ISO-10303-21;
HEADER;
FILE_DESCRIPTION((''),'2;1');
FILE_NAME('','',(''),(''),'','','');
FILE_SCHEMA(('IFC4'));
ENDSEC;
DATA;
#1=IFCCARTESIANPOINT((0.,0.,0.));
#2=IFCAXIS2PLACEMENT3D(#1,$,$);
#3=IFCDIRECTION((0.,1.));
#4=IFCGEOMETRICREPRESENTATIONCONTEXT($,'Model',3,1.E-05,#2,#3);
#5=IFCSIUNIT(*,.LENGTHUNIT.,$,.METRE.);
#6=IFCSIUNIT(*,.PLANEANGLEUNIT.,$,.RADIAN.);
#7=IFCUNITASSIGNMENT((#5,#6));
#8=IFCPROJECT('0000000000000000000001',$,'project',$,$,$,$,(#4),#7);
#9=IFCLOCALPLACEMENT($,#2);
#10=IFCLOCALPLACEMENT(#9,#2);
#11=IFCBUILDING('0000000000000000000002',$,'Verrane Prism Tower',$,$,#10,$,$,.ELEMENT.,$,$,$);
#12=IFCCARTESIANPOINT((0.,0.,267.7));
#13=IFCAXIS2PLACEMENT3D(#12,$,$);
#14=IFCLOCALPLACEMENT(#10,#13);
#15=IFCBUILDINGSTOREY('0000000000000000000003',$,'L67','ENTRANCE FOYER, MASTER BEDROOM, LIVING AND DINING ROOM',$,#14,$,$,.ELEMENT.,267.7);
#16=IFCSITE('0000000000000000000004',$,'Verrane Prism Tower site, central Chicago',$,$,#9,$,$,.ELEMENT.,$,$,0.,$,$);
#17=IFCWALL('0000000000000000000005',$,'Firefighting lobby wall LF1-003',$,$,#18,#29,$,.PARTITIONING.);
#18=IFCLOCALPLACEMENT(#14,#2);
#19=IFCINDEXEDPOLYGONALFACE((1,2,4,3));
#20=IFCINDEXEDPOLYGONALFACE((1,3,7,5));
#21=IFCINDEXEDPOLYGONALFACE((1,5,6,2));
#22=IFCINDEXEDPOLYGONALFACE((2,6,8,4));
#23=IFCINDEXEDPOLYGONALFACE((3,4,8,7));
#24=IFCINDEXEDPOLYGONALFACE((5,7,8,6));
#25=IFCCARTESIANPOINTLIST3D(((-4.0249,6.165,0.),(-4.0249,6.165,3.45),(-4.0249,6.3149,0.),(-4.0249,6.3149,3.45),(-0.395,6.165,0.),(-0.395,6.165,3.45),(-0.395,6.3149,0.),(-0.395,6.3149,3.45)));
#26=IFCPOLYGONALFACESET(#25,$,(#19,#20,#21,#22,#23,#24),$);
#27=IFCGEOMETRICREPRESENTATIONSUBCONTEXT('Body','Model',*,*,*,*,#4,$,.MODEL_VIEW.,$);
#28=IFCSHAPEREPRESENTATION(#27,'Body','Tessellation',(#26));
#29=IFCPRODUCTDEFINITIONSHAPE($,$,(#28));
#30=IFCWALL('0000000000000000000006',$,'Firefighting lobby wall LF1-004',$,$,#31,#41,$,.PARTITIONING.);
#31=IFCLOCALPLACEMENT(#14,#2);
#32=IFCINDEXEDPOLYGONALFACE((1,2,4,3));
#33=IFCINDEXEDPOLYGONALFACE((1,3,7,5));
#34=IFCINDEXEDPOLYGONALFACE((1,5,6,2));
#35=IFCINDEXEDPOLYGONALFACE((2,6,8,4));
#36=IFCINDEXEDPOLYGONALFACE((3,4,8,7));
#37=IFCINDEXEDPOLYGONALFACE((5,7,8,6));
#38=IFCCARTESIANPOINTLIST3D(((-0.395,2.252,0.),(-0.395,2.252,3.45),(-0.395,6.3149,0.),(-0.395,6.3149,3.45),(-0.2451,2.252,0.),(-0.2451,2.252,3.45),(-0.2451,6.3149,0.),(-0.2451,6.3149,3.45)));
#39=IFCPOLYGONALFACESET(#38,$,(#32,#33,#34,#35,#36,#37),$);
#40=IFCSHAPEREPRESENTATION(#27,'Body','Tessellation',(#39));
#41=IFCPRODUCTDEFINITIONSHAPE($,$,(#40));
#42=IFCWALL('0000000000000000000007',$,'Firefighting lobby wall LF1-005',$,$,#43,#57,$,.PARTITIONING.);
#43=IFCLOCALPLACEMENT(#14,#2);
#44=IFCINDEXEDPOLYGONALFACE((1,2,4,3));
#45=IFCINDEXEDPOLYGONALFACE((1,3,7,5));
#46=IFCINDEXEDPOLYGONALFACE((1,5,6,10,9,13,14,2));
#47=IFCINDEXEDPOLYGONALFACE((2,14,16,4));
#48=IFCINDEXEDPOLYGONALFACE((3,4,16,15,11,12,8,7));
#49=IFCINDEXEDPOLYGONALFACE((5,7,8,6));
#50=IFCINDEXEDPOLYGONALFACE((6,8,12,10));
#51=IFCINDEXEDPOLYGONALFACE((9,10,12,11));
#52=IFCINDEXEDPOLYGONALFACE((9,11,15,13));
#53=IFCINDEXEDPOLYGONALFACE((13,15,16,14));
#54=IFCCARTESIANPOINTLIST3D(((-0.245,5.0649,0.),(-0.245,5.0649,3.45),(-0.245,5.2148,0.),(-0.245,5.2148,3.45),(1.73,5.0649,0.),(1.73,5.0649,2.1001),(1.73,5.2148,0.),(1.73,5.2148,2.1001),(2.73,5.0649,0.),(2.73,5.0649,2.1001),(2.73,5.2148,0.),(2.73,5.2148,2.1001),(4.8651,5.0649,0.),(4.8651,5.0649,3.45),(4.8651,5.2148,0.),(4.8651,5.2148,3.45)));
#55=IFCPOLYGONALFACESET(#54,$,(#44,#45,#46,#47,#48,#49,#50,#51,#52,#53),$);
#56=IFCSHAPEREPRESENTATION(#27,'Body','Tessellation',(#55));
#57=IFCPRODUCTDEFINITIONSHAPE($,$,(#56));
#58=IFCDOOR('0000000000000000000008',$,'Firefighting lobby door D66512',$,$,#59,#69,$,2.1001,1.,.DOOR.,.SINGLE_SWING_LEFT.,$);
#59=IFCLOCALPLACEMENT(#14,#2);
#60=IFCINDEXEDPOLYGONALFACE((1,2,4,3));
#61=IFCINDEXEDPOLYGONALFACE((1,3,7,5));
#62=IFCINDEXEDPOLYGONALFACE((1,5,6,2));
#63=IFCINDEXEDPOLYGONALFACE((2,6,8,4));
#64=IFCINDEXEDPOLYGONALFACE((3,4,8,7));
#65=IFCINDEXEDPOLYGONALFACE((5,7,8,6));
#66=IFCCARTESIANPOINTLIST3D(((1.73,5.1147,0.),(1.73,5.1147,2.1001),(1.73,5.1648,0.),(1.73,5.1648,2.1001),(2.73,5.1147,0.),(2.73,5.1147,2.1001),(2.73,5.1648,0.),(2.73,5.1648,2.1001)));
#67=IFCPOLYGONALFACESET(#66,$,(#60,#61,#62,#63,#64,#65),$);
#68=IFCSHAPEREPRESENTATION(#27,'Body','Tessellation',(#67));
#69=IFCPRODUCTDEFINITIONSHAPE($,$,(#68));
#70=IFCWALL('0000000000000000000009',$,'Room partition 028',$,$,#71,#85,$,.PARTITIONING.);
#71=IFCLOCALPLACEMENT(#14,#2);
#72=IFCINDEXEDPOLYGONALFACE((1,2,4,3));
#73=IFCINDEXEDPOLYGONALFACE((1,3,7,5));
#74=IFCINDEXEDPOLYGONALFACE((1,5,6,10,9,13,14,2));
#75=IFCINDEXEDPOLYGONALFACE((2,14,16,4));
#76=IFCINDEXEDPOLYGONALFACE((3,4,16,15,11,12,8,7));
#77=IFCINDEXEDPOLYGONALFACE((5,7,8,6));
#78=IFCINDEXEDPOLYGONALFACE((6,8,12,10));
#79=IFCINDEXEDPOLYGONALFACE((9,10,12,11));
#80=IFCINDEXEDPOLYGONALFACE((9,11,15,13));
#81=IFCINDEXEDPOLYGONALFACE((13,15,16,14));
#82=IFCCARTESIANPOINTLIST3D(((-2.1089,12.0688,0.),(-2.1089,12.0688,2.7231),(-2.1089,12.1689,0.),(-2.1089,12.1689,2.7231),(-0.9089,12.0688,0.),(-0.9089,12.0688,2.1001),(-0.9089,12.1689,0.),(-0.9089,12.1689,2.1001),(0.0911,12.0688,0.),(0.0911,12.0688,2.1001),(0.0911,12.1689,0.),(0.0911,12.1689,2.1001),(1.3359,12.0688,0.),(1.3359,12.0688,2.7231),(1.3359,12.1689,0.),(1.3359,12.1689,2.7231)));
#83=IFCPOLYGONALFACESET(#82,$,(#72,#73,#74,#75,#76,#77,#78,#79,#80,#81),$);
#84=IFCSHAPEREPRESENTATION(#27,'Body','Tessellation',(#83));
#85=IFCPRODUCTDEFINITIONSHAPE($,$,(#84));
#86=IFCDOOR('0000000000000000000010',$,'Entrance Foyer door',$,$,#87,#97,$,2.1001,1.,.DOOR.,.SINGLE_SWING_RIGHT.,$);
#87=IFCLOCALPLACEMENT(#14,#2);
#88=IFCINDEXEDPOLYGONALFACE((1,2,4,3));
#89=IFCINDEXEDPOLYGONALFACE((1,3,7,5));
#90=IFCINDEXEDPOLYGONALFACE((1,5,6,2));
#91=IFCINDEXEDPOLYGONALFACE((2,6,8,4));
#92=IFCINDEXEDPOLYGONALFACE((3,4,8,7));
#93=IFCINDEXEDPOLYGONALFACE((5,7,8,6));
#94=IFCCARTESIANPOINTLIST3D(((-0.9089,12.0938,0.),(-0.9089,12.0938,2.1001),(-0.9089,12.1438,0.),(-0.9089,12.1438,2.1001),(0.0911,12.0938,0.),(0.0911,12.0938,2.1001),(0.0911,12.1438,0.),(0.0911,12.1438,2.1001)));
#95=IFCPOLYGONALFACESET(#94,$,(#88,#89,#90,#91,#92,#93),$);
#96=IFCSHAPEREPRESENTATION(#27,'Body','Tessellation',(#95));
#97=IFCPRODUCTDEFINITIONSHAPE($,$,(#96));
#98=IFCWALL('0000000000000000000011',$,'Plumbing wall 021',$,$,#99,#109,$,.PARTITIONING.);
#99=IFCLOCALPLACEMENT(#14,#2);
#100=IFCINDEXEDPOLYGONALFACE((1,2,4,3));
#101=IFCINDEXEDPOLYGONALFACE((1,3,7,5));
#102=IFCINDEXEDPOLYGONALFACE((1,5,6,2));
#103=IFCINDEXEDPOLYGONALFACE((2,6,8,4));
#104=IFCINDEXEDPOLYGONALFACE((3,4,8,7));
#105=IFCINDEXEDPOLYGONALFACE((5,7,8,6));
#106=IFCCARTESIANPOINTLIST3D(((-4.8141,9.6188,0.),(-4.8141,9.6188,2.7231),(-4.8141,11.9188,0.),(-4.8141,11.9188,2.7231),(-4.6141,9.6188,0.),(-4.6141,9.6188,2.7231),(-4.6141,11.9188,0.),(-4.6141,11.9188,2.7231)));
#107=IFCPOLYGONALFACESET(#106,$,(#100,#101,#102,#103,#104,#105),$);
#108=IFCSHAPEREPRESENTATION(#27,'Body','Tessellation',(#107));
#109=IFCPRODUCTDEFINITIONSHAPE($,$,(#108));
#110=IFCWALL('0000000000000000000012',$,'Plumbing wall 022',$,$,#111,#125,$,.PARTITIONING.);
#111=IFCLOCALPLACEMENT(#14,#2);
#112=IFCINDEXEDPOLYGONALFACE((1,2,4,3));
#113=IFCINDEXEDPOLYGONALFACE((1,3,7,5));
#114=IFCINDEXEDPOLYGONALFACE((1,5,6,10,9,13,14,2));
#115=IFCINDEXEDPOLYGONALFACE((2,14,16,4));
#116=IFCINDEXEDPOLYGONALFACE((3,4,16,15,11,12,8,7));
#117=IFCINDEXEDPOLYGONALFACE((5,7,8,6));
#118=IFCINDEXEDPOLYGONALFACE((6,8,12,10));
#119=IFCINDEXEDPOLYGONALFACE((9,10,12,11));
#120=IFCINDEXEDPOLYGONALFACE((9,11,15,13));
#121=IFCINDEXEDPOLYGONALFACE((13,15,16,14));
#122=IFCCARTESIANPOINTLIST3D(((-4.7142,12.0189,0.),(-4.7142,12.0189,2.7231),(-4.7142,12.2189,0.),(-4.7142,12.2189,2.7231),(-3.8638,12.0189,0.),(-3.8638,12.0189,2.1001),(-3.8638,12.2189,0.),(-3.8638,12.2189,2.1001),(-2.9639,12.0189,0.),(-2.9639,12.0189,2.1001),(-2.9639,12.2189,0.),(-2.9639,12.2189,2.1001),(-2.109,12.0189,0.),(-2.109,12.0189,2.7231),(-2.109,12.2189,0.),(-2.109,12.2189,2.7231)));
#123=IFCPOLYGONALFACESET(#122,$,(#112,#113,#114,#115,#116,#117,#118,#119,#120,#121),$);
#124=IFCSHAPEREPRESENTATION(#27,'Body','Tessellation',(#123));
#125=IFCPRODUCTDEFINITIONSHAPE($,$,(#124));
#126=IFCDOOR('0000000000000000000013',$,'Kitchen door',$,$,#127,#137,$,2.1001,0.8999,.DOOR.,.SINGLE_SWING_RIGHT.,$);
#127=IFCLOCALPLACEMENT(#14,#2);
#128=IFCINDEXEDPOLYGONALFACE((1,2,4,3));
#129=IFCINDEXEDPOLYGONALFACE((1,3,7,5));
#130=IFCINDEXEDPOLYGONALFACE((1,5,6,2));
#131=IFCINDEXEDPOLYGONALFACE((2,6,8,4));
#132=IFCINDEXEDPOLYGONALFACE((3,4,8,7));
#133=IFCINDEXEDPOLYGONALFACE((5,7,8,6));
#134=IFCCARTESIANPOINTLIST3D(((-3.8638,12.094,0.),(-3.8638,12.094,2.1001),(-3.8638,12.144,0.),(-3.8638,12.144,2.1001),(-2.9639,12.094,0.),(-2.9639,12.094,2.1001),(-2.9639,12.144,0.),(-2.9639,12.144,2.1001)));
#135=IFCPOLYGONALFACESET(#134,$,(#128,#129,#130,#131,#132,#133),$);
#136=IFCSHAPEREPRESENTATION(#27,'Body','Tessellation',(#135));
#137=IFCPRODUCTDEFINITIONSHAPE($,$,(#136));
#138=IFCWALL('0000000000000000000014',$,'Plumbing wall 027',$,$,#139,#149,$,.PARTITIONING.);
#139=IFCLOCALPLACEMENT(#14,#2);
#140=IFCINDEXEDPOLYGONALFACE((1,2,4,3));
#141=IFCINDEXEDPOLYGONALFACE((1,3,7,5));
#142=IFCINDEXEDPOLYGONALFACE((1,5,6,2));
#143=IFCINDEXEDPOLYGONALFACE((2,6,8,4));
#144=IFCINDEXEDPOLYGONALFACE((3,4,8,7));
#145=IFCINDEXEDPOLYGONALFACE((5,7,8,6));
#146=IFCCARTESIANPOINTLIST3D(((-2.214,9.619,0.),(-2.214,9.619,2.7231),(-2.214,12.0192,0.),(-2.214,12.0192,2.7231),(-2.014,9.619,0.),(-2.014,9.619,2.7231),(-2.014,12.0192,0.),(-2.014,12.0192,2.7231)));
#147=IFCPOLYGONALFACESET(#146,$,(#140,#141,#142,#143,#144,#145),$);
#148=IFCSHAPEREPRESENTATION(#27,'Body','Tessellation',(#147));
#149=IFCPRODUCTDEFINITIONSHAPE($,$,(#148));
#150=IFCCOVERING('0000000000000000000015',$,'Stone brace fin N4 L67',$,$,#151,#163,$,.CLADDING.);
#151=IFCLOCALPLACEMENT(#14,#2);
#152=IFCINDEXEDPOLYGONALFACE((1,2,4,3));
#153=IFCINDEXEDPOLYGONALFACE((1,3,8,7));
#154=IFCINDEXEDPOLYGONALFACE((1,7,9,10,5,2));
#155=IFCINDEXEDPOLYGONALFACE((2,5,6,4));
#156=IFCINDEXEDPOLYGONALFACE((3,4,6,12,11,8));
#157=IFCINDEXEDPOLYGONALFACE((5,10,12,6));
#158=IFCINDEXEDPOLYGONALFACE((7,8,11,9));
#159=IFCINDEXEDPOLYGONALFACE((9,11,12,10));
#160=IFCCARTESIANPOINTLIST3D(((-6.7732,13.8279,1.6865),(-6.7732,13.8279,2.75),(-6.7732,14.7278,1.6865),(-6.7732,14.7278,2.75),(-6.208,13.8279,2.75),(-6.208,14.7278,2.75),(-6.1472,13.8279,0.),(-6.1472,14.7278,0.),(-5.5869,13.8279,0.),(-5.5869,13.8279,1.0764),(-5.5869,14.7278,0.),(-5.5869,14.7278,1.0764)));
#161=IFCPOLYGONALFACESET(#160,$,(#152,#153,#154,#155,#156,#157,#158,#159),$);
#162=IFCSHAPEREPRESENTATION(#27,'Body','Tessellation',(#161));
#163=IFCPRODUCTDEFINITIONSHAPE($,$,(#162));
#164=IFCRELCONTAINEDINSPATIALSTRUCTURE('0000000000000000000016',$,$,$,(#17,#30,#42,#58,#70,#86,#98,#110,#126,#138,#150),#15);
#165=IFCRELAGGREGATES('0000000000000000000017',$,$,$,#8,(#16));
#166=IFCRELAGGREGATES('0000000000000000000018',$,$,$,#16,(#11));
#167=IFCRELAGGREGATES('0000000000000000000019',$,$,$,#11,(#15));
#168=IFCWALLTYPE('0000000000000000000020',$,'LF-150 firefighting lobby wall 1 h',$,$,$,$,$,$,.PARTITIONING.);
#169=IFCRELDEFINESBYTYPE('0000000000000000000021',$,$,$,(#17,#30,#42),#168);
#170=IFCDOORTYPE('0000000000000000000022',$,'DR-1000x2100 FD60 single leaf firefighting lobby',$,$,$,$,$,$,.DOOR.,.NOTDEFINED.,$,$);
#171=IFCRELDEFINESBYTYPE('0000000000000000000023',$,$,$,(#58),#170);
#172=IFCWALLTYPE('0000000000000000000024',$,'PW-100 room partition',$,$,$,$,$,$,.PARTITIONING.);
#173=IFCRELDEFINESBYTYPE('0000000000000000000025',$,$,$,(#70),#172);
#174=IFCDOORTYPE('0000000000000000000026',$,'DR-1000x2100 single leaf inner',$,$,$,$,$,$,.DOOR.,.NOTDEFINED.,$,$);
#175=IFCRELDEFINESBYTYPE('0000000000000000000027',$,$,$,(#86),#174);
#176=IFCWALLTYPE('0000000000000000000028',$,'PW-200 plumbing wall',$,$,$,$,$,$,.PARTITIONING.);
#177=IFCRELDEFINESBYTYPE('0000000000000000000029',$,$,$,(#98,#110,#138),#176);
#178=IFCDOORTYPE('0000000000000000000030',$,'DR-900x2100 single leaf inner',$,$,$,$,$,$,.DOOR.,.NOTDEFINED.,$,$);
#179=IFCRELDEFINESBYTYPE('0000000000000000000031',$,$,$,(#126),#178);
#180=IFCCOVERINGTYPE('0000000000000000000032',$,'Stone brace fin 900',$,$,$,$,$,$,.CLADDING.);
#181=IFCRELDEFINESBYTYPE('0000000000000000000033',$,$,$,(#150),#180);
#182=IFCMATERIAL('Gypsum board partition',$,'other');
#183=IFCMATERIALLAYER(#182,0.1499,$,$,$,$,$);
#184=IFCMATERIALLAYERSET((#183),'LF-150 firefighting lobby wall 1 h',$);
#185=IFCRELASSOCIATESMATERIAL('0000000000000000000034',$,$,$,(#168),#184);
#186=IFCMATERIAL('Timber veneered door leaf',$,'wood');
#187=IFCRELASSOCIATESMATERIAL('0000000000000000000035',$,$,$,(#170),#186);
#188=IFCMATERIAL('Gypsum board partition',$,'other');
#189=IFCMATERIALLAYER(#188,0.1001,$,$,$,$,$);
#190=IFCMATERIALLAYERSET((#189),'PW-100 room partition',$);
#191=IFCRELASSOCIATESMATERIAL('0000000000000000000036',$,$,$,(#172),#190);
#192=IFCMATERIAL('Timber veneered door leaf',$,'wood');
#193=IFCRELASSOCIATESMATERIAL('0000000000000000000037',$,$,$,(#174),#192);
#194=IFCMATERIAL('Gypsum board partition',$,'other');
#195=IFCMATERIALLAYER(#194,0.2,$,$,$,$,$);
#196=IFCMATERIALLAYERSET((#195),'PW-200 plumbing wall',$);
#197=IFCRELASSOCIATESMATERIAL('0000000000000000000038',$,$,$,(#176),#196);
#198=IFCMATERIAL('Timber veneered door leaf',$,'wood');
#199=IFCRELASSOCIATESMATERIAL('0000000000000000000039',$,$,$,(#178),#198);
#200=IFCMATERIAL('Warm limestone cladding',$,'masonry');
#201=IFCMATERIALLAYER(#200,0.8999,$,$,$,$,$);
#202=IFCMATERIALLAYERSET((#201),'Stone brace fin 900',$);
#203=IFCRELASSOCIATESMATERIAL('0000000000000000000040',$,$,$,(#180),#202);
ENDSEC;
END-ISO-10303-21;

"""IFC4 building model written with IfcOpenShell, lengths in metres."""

from ifc_helpers import new_model, si_unit, direction, frame, frame_2d, origin, place, context, subcontext, project, spatial, polyline, rectangle, outline, extrude, material, layer, layer_set, type_object, element, fill, save


model = new_model("IFC4")

# Units and contexts
model_context = context("Model", 3, precision=1e-05, world=origin(), true_north=direction((0.0, 1.0)))
body_context = subcontext(model_context, "Body", "Model", "MODEL_VIEW")
ifc_project = project(units=[si_unit("LENGTHUNIT", "METRE"), si_unit("PLANEANGLEUNIT", "RADIAN")], contexts=[model_context])

# Site, building, storey
site_placement = place(None, origin())
site = spatial("IfcSite", under=ifc_project, at=site_placement, Name="Verrane Prism Tower site, central Chicago", CompositionType="ELEMENT", RefElevation=0.0)
building_placement = place(site_placement, origin())
building = spatial("IfcBuilding", under=site, at=building_placement, Name="Verrane Prism Tower", CompositionType="ELEMENT")
storey_placement = place(building_placement, frame((0.0, 0.0, 267.7)))
storey = spatial("IfcBuildingStorey", under=building, at=storey_placement, Name="L67", Description="ENTRANCE FOYER, MASTER BEDROOM, LIVING AND DINING ROOM", CompositionType="ELEMENT", Elevation=267.7)

# Walls
ifc_material_1 = material(Name="Gypsum board partition", Category="other")
ifc_layer_1 = layer(ifc_material_1, 0.1499)
ifc_layer_set_1 = layer_set([ifc_layer_1], Name="LF-150 firefighting lobby wall 1 h")
wall_type_1 = type_object("IfcWallType", Name="LF-150 firefighting lobby wall 1 h", PredefinedType="PARTITIONING", material=ifc_layer_set_1)
wall_1_placement = place(storey_placement, frame((-4.0249, 6.24, 0.0), z_axis=(0.0, 0.0, 1.0), x_axis=(1.0, 0.0, 0.0)))
element("IfcWall", 1, at=wall_1_placement, inside=storey, type_object=wall_type_1, Name="Firefighting lobby wall LF1-003", PredefinedType="PARTITIONING", context=body_context, shape_type="SweptSolid", body=[
    extrude(rectangle(XDim=3.6299, YDim=0.1499, at=frame_2d((1.8149, 0.0))), origin(), (0.0, 0.0, 1.0), 3.45),
])
wall_2_placement = place(storey_placement, frame((-0.3201, 2.252, 0.0), z_axis=(0.0, 0.0, 1.0), x_axis=(0.0, 1.0, 0.0)))
element("IfcWall", 2, at=wall_2_placement, inside=storey, type_object=wall_type_1, Name="Firefighting lobby wall LF1-004", PredefinedType="PARTITIONING", context=body_context, shape_type="SweptSolid", body=[
    extrude(rectangle(XDim=4.063, YDim=0.1499, at=frame_2d((2.0315, 0.0))), origin(), (0.0, 0.0, 1.0), 3.45),
])

# Walls, openings, doors
wall_3_placement = place(storey_placement, frame((-0.2451, 5.1399, 0.0), z_axis=(0.0, 0.0, 1.0), x_axis=(1.0, 0.0, 0.0)))
wall_3 = element("IfcWall", 3, at=wall_3_placement, inside=storey, type_object=wall_type_1, Name="Firefighting lobby wall LF1-005", PredefinedType="PARTITIONING", context=body_context, shape_type="SweptSolid", body=[
    extrude(rectangle(XDim=5.1101, YDim=0.1499, at=frame_2d((2.5552, 0.0))), origin(), (0.0, 0.0, 1.0), 3.45),
])
opening_1_placement = place(wall_3_placement, frame((1.9751, 0.0, 0.0)))
opening_1 = element("IfcOpeningElement", 4, at=opening_1_placement, cuts=wall_3, PredefinedType="OPENING", context=body_context, shape_type="SweptSolid", body=[
    extrude(rectangle(XDim=1.0, YDim=2.1001, at=frame_2d((0.5, 1.05))), frame((0.0, 0.085, 0.0), z_axis=(0.0, -1.0, 0.0), x_axis=(1.0, 0.0, 0.0)), (0.0, 0.0, 1.0), 0.1699),
])
ifc_material_2 = material(Name="Timber veneered door leaf", Category="wood")
door_type_1 = type_object("IfcDoorType", Name="DR-1000x2100 FD60 single leaf firefighting lobby", OperationType="NOTDEFINED", PredefinedType="DOOR", material=ifc_material_2)
door_1_placement = place(opening_1_placement, origin())
door_1 = element("IfcDoor", 5, at=door_1_placement, inside=storey, type_object=door_type_1, Name="Firefighting lobby door D66512", OperationType="SINGLE_SWING_LEFT", OverallHeight=2.1001, OverallWidth=1.0, PredefinedType="DOOR", context=body_context, shape_type="SweptSolid", body=[
    extrude(rectangle(XDim=1.0, YDim=2.1001, at=frame_2d((0.5, 1.05))), frame((0.0, 0.0249, 0.0), z_axis=(0.0, -1.0, 0.0), x_axis=(1.0, 0.0, 0.0)), (0.0, 0.0, 1.0), 0.05),
])
fill(opening_1, door_1)
ifc_material_3 = material(Name="Gypsum board partition", Category="other")
ifc_layer_2 = layer(ifc_material_3, 0.1001)
ifc_layer_set_2 = layer_set([ifc_layer_2], Name="PW-100 room partition")
wall_type_2 = type_object("IfcWallType", Name="PW-100 room partition", PredefinedType="PARTITIONING", material=ifc_layer_set_2)
wall_4_placement = place(storey_placement, frame((-2.1089, 12.1189, 0.0), z_axis=(0.0, 0.0, 1.0), x_axis=(1.0, 0.0, 0.0)))
wall_4 = element("IfcWall", 6, at=wall_4_placement, inside=storey, type_object=wall_type_2, Name="Room partition 028", PredefinedType="PARTITIONING", context=body_context, shape_type="SweptSolid", body=[
    extrude(rectangle(XDim=3.4448, YDim=0.1001, at=frame_2d((1.7224, 0.0))), origin(), (0.0, 0.0, 1.0), 2.7231),
])
opening_2_placement = place(wall_4_placement, frame((1.2, 0.0, 0.0)))
opening_2 = element("IfcOpeningElement", 7, at=opening_2_placement, cuts=wall_4, PredefinedType="OPENING", context=body_context, shape_type="SweptSolid", body=[
    extrude(rectangle(XDim=1.0, YDim=2.1001, at=frame_2d((0.5, 1.05))), frame((0.0, 0.0601, 0.0), z_axis=(0.0, -1.0, 0.0), x_axis=(1.0, 0.0, 0.0)), (0.0, 0.0, 1.0), 0.1201),
])
ifc_material_4 = material(Name="Timber veneered door leaf", Category="wood")
door_type_2 = type_object("IfcDoorType", Name="DR-1000x2100 single leaf inner", OperationType="NOTDEFINED", PredefinedType="DOOR", material=ifc_material_4)
door_2_placement = place(opening_2_placement, origin())
door_2 = element("IfcDoor", 8, at=door_2_placement, inside=storey, type_object=door_type_2, Name="Entrance Foyer door", OperationType="SINGLE_SWING_RIGHT", OverallHeight=2.1001, OverallWidth=1.0, PredefinedType="DOOR", context=body_context, shape_type="SweptSolid", body=[
    extrude(rectangle(XDim=1.0, YDim=2.1001, at=frame_2d((0.5, 1.05))), frame((0.0, 0.0249, 0.0), z_axis=(0.0, -1.0, 0.0), x_axis=(1.0, 0.0, 0.0)), (0.0, 0.0, 1.0), 0.05),
])
fill(opening_2, door_2)

# Wall
ifc_material_5 = material(Name="Gypsum board partition", Category="other")
ifc_layer_3 = layer(ifc_material_5, 0.2)
ifc_layer_set_3 = layer_set([ifc_layer_3], Name="PW-200 plumbing wall")
wall_type_3 = type_object("IfcWallType", Name="PW-200 plumbing wall", PredefinedType="PARTITIONING", material=ifc_layer_set_3)
wall_5_placement = place(storey_placement, frame((-4.7141, 9.6189, 0.0), z_axis=(0.0, 0.0, 1.0), x_axis=(0.0, 1.0, 0.0)))
element("IfcWall", 9, at=wall_5_placement, inside=storey, type_object=wall_type_3, Name="Plumbing wall 021", PredefinedType="PARTITIONING", context=body_context, shape_type="SweptSolid", body=[
    extrude(rectangle(XDim=2.3, YDim=0.2, at=frame_2d((1.1499, 0.0))), origin(), (0.0, 0.0, 1.0), 2.7231),
])

# Wall, opening, door
wall_6_placement = place(storey_placement, frame((-2.1089, 12.1189, 0.0), z_axis=(0.0, 0.0, 1.0), x_axis=(-1.0, 0.0, 0.0)))
wall_6 = element("IfcWall", 10, at=wall_6_placement, inside=storey, type_object=wall_type_3, Name="Plumbing wall 022", PredefinedType="PARTITIONING", context=body_context, shape_type="SweptSolid", body=[
    extrude(rectangle(XDim=2.6052, YDim=0.2, at=frame_2d((1.3027, 0.0))), origin(), (0.0, 0.0, 1.0), 2.7231),
])
opening_3_placement = place(wall_6_placement, frame((0.855, 0.0, 0.0)))
opening_3 = element("IfcOpeningElement", 11, at=opening_3_placement, cuts=wall_6, PredefinedType="OPENING", context=body_context, shape_type="SweptSolid", body=[
    extrude(rectangle(XDim=0.8999, YDim=2.1001, at=frame_2d((0.45, 1.05))), frame((0.0, 0.1099, 0.0), z_axis=(0.0, -1.0, 0.0), x_axis=(1.0, 0.0, 0.0)), (0.0, 0.0, 1.0), 0.22),
])
ifc_material_6 = material(Name="Timber veneered door leaf", Category="wood")
door_type_3 = type_object("IfcDoorType", Name="DR-900x2100 single leaf inner", OperationType="NOTDEFINED", PredefinedType="DOOR", material=ifc_material_6)
door_3_placement = place(opening_3_placement, origin())
door_3 = element("IfcDoor", 12, at=door_3_placement, inside=storey, type_object=door_type_3, Name="Kitchen door", OperationType="SINGLE_SWING_RIGHT", OverallHeight=2.1001, OverallWidth=0.8999, PredefinedType="DOOR", context=body_context, shape_type="SweptSolid", body=[
    extrude(rectangle(XDim=0.8999, YDim=2.1001, at=frame_2d((0.45, 1.05))), frame((0.0, 0.0249, 0.0), z_axis=(0.0, -1.0, 0.0), x_axis=(1.0, 0.0, 0.0)), (0.0, 0.0, 1.0), 0.05),
])
fill(opening_3, door_3)

# Wall
wall_7_placement = place(storey_placement, frame((-2.114, 9.6189, 0.0), z_axis=(0.0, 0.0, 1.0), x_axis=(0.0, 1.0, 0.0)))
element("IfcWall", 13, at=wall_7_placement, inside=storey, type_object=wall_type_3, Name="Plumbing wall 027", PredefinedType="PARTITIONING", context=body_context, shape_type="SweptSolid", body=[
    extrude(rectangle(XDim=2.4001, YDim=0.2, at=frame_2d((1.2002, 0.0))), origin(), (0.0, 0.0, 1.0), 2.7231),
])

# Covering
ifc_material_7 = material(Name="Warm limestone cladding", Category="masonry")
ifc_layer_4 = layer(ifc_material_7, 0.8999)
ifc_layer_set_4 = layer_set([ifc_layer_4], Name="Stone brace fin 900")
covering_type = type_object("IfcCoveringType", Name="Stone brace fin 900", PredefinedType="CLADDING", material=ifc_layer_set_4)
covering_placement = place(storey_placement, frame((-5.5869, 14.2778, 0.0), z_axis=(0.0, 0.0, 1.0), x_axis=(-1.0, 0.0, 0.0)))
element("IfcCovering", 14, at=covering_placement, inside=storey, type_object=covering_type, Name="Stone brace fin N4 L67", PredefinedType="CLADDING", context=body_context, shape_type="SweptSolid", body=[
    extrude(outline(polyline([(1.1863, 2.75), (0.6211, 2.75), (0.0, 1.0764), (0.0, 0.0), (0.5603, 0.0), (1.1863, 1.6865), (1.1863, 2.75)])), frame((0.0, 0.45, 0.0), z_axis=(0.0, -1.0, 0.0), x_axis=(1.0, 0.0, 0.0)), (0.0, 0.0, 1.0), 0.8999),
])

save(model, "model.ifc")
